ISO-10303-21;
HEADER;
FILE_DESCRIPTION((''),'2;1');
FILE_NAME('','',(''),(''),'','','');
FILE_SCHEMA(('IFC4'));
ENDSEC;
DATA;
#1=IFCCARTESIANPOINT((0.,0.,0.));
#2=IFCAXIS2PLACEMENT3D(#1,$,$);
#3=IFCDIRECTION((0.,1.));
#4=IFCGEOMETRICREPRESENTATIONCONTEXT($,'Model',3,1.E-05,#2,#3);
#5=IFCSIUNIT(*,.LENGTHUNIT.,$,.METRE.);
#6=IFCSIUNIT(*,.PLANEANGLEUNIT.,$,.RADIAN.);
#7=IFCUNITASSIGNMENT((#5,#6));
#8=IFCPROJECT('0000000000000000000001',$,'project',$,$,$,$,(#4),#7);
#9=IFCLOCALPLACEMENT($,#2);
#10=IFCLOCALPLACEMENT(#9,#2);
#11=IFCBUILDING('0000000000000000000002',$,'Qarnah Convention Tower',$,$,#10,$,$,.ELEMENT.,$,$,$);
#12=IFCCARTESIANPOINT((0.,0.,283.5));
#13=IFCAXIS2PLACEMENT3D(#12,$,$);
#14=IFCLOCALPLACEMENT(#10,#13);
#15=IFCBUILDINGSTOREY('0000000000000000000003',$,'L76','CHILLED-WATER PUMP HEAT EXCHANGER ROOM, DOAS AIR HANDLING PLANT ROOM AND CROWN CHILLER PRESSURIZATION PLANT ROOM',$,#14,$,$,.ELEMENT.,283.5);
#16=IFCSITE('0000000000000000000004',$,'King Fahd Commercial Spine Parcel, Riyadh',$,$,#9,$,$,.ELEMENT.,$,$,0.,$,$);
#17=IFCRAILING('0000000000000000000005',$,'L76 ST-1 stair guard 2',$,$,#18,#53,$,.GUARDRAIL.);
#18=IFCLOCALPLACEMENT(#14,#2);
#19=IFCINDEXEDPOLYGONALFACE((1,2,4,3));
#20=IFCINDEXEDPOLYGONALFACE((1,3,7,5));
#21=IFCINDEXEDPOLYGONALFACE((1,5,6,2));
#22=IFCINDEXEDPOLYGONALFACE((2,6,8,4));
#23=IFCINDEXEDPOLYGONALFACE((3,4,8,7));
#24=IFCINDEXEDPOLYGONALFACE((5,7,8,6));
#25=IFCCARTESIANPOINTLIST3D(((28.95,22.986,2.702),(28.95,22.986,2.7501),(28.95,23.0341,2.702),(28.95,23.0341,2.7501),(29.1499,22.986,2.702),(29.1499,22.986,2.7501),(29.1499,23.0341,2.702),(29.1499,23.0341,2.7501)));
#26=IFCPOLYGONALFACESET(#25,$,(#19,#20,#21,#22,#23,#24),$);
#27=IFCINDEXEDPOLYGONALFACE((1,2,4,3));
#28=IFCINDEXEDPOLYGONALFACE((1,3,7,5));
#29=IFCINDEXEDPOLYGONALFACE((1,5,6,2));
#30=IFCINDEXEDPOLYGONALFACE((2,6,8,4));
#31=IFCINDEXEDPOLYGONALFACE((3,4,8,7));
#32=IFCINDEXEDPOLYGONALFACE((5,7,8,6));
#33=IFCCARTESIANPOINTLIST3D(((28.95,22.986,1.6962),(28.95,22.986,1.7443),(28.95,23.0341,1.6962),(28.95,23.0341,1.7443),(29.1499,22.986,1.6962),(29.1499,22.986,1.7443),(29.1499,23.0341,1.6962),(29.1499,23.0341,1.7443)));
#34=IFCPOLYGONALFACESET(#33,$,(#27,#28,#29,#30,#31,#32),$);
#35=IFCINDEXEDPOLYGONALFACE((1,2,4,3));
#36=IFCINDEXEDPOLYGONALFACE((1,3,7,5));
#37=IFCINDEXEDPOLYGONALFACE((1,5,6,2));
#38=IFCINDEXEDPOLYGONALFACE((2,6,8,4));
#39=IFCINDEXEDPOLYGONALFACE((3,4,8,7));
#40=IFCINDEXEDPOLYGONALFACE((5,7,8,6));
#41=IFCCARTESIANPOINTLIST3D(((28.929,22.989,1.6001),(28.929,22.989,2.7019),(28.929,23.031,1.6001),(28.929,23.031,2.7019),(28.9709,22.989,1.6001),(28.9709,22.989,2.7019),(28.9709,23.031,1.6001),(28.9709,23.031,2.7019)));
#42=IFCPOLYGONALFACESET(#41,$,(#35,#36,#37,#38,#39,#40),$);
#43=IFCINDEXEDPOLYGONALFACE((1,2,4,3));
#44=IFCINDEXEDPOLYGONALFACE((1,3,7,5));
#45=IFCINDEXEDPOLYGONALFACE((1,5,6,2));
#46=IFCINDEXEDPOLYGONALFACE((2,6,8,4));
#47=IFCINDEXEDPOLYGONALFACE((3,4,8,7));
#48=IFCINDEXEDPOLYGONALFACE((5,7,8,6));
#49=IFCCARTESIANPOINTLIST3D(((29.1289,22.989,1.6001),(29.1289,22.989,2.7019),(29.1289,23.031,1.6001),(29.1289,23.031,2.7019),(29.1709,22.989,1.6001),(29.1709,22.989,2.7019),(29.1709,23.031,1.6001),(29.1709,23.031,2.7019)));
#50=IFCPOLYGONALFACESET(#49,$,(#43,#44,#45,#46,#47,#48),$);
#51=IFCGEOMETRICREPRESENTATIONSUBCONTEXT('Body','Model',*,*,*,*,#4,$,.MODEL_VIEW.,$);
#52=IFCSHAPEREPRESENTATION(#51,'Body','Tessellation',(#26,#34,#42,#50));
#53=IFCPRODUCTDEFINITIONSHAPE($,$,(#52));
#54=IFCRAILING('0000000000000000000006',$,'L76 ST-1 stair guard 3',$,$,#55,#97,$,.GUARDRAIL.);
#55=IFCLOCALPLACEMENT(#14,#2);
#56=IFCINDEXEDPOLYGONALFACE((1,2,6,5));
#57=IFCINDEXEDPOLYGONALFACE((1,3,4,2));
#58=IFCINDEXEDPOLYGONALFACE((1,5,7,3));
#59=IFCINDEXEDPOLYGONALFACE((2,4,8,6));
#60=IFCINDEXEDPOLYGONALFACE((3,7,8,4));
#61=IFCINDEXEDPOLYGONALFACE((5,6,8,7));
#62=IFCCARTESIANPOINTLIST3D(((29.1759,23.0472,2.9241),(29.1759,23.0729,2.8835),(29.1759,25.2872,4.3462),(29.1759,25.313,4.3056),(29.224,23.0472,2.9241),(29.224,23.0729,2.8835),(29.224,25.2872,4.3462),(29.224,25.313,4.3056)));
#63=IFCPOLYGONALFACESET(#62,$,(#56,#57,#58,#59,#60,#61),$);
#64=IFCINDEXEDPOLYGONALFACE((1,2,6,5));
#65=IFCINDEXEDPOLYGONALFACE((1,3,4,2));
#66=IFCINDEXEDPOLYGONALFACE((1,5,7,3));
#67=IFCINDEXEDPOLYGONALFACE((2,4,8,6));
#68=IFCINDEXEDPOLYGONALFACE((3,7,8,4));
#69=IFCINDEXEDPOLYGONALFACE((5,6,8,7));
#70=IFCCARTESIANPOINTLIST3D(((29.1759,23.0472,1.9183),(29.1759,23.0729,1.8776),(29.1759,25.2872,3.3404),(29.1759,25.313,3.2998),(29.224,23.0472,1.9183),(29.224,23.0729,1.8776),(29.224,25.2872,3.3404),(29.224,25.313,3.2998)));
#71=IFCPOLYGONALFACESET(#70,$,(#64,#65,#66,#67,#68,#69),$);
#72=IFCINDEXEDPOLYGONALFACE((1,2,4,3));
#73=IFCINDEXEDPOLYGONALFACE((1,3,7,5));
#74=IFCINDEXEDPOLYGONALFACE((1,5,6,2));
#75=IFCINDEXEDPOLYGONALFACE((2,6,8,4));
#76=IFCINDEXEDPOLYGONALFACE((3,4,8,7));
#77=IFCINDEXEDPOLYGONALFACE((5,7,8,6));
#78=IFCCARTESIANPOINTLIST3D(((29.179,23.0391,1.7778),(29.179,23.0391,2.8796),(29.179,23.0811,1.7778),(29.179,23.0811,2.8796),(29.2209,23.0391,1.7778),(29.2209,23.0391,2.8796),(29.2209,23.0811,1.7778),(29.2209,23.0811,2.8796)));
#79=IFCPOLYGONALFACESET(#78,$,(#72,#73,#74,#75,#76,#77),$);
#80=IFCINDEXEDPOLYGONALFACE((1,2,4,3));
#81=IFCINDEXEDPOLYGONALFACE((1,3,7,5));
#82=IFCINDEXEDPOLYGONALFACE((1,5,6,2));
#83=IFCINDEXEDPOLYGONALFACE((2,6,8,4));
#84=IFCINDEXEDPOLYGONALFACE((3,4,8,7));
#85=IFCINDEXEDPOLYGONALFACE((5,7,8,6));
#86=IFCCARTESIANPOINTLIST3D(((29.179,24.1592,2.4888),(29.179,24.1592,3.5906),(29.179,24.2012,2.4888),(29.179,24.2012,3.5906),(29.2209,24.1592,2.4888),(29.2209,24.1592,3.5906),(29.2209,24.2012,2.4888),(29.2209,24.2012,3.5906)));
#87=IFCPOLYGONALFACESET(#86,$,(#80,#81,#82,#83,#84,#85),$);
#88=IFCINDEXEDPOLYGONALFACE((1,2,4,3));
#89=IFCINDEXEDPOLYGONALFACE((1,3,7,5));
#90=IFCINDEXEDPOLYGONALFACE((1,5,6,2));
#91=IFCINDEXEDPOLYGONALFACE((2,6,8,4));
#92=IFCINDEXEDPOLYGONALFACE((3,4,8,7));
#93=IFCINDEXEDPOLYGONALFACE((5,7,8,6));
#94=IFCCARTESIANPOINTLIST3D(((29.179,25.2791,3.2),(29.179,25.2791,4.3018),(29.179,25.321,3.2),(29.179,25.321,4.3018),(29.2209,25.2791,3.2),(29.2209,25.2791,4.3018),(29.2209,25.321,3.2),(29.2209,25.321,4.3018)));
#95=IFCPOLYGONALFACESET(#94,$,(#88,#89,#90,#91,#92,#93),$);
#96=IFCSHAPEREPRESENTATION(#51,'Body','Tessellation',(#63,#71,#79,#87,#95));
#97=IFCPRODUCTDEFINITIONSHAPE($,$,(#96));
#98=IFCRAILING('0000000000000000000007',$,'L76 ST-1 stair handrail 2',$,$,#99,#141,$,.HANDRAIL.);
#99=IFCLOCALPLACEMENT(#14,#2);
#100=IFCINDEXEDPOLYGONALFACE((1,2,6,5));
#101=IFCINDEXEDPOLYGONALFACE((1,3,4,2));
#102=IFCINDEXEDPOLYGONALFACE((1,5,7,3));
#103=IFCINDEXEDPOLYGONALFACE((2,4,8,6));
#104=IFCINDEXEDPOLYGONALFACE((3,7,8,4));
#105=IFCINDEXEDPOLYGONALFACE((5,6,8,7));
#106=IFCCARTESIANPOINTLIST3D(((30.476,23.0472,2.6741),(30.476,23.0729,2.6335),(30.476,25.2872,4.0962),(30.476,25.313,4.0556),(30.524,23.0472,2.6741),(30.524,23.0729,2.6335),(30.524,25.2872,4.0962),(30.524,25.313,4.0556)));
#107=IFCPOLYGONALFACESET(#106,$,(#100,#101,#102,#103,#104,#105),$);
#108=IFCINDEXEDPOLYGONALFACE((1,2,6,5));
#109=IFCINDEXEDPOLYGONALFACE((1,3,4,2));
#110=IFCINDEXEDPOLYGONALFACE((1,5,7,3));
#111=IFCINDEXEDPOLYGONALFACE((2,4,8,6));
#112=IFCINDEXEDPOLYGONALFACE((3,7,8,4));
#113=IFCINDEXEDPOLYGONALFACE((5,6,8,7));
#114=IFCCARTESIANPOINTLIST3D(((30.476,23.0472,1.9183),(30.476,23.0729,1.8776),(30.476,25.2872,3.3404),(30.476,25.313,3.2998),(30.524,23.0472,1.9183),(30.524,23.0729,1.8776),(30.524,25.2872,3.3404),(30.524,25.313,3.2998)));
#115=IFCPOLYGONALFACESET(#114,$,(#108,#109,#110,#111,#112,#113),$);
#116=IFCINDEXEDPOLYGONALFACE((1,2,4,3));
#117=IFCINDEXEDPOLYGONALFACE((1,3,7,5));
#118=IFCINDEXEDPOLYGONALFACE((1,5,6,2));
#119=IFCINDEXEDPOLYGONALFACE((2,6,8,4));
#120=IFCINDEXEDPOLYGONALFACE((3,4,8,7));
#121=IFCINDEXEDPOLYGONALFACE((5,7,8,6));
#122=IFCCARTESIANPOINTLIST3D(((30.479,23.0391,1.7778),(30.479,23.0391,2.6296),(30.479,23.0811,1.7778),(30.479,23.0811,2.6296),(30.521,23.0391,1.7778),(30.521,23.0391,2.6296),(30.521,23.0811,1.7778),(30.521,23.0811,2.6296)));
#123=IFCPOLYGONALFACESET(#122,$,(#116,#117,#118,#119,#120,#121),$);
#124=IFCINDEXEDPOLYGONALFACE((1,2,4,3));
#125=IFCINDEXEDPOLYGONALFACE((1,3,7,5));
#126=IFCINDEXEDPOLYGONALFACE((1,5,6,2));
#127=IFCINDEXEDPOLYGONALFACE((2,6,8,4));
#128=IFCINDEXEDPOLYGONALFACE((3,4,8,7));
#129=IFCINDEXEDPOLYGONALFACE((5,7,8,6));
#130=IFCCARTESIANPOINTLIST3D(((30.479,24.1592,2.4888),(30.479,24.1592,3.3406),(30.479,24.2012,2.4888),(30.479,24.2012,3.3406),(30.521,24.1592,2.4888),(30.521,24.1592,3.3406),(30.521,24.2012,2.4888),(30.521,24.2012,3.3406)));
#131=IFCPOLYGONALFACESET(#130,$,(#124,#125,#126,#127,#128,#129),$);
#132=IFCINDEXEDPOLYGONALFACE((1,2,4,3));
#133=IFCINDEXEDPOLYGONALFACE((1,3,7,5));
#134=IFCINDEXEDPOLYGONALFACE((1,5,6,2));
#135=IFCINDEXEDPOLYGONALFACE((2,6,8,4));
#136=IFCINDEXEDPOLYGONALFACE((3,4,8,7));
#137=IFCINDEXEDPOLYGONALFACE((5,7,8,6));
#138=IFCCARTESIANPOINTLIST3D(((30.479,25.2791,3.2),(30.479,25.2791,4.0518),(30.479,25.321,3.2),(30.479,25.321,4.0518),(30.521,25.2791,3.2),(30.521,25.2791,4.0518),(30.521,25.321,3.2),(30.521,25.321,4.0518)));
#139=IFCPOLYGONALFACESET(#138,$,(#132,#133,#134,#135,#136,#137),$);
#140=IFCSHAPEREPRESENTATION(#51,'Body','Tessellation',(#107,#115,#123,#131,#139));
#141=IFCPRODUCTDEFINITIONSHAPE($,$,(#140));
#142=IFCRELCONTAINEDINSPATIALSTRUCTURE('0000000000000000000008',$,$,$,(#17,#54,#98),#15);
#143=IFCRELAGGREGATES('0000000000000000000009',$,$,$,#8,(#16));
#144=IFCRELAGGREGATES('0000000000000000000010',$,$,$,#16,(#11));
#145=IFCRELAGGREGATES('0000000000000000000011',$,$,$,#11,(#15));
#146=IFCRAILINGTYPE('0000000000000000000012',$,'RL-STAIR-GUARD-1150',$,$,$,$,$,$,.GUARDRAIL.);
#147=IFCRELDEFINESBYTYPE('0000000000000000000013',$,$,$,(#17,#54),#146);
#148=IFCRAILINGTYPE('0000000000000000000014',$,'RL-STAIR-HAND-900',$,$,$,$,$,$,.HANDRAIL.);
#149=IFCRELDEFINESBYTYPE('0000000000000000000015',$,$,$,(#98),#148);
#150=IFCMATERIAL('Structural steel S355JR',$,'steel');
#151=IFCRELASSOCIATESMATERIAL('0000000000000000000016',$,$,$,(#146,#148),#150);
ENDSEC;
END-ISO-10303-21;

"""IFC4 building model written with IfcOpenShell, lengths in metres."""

from ifc_helpers import new_model, si_unit, direction, frame, origin, origin_2d, place, context, subcontext, project, spatial, rectangle, extrude, material, type_object, element, save


model = new_model("IFC4")

# Units and contexts
model_context = context("Model", 3, precision=1e-05, world=origin(), true_north=direction((0.0, 1.0)))
body_context = subcontext(model_context, "Body", "Model", "MODEL_VIEW")
ifc_project = project(units=[si_unit("LENGTHUNIT", "METRE"), si_unit("PLANEANGLEUNIT", "RADIAN")], contexts=[model_context])

# Site, building, storey
site_placement = place(None, origin())
site = spatial("IfcSite", under=ifc_project, at=site_placement, Name="King Fahd Commercial Spine Parcel, Riyadh", CompositionType="ELEMENT", RefElevation=0.0)
building_placement = place(site_placement, origin())
building = spatial("IfcBuilding", under=site, at=building_placement, Name="Qarnah Convention Tower", CompositionType="ELEMENT")
storey_placement = place(building_placement, frame((0.0, 0.0, 283.5)))
storey = spatial("IfcBuildingStorey", under=building, at=storey_placement, Name="L76", Description="CHILLED-WATER PUMP HEAT EXCHANGER ROOM, DOAS AIR HANDLING PLANT ROOM AND CROWN CHILLER PRESSURIZATION PLANT ROOM", CompositionType="ELEMENT", Elevation=283.5)

# Shared definitions
ifc_material_1 = material(Name="Structural steel S355JR", Category="steel")

# Railings
railing_type_1 = type_object("IfcRailingType", Name="RL-STAIR-GUARD-1150", PredefinedType="GUARDRAIL", material=ifc_material_1)
railing_1_placement = place(storey_placement, frame((28.95, 23.01, 1.6001)))
element("IfcRailing", 1, at=railing_1_placement, inside=storey, type_object=railing_type_1, Name="L76 ST-1 stair guard 2", PredefinedType="GUARDRAIL", context=body_context, shape_type="SweptSolid", body=[
    extrude(rectangle(XDim=0.0481, YDim=0.0481, at=origin_2d()), frame((0.0, 0.0, 1.126), z_axis=(1.0, 0.0, 0.0), x_axis=(0.0, 1.0, 0.0)), (0.0, 0.0, 1.0), 0.2),
    extrude(rectangle(XDim=0.0481, YDim=0.0481, at=origin_2d()), frame((0.0, 0.0, 0.1201), z_axis=(1.0, 0.0, 0.0), x_axis=(0.0, 1.0, 0.0)), (0.0, 0.0, 1.0), 0.2),
    extrude(rectangle(XDim=0.042, YDim=0.042, at=origin_2d()), origin(), (0.0, 0.0, 1.0), 1.1018),
    extrude(rectangle(XDim=0.042, YDim=0.042, at=origin_2d()), frame((0.2, 0.0, 0.0)), (0.0, 0.0, 1.0), 1.1018),
])
railing_2_placement = place(storey_placement, frame((29.2, 23.0601, 1.7778)))
element("IfcRailing", 2, at=railing_2_placement, inside=storey, type_object=railing_type_1, Name="L76 ST-1 stair guard 3", PredefinedType="GUARDRAIL", context=body_context, shape_type="SweptSolid", body=[
    extrude(rectangle(XDim=0.0481, YDim=0.0481, at=origin_2d()), frame((0.0, 0.0, 1.126), z_axis=(0.0, 0.844229, 0.535982), x_axis=(-1.0, 0.0, 0.0)), (0.0, 0.0, 1.0), 2.6533),
    extrude(rectangle(XDim=0.0481, YDim=0.0481, at=origin_2d()), frame((0.0, 0.0, 0.1201), z_axis=(0.0, 0.844229, 0.535982), x_axis=(-1.0, 0.0, 0.0)), (0.0, 0.0, 1.0), 2.6533),
    extrude(rectangle(XDim=0.042, YDim=0.042, at=origin_2d()), origin(), (0.0, 0.0, 1.0), 1.1018),
    extrude(rectangle(XDim=0.042, YDim=0.042, at=origin_2d()), frame((0.0, 1.1201, 0.7109)), (0.0, 0.0, 1.0), 1.1018),
    extrude(rectangle(XDim=0.042, YDim=0.042, at=origin_2d()), frame((0.0, 2.24, 1.4221)), (0.0, 0.0, 1.0), 1.1018),
])
railing_type_2 = type_object("IfcRailingType", Name="RL-STAIR-HAND-900", PredefinedType="HANDRAIL", material=ifc_material_1)
railing_3_placement = place(storey_placement, frame((30.5, 23.0601, 1.7778)))
element("IfcRailing", 3, at=railing_3_placement, inside=storey, type_object=railing_type_2, Name="L76 ST-1 stair handrail 2", PredefinedType="HANDRAIL", context=body_context, shape_type="SweptSolid", body=[
    extrude(rectangle(XDim=0.0481, YDim=0.0481, at=origin_2d()), frame((0.0, 0.0, 0.876), z_axis=(0.0, 0.844229, 0.535982), x_axis=(-1.0, 0.0, 0.0)), (0.0, 0.0, 1.0), 2.6533),
    extrude(rectangle(XDim=0.0481, YDim=0.0481, at=origin_2d()), frame((0.0, 0.0, 0.1201), z_axis=(0.0, 0.844229, 0.535982), x_axis=(-1.0, 0.0, 0.0)), (0.0, 0.0, 1.0), 2.6533),
    extrude(rectangle(XDim=0.042, YDim=0.042, at=origin_2d()), origin(), (0.0, 0.0, 1.0), 0.8518),
    extrude(rectangle(XDim=0.042, YDim=0.042, at=origin_2d()), frame((0.0, 1.1201, 0.7109)), (0.0, 0.0, 1.0), 0.8518),
    extrude(rectangle(XDim=0.042, YDim=0.042, at=origin_2d()), frame((0.0, 2.24, 1.4221)), (0.0, 0.0, 1.0), 0.8518),
])

save(model, "model.ifc")
